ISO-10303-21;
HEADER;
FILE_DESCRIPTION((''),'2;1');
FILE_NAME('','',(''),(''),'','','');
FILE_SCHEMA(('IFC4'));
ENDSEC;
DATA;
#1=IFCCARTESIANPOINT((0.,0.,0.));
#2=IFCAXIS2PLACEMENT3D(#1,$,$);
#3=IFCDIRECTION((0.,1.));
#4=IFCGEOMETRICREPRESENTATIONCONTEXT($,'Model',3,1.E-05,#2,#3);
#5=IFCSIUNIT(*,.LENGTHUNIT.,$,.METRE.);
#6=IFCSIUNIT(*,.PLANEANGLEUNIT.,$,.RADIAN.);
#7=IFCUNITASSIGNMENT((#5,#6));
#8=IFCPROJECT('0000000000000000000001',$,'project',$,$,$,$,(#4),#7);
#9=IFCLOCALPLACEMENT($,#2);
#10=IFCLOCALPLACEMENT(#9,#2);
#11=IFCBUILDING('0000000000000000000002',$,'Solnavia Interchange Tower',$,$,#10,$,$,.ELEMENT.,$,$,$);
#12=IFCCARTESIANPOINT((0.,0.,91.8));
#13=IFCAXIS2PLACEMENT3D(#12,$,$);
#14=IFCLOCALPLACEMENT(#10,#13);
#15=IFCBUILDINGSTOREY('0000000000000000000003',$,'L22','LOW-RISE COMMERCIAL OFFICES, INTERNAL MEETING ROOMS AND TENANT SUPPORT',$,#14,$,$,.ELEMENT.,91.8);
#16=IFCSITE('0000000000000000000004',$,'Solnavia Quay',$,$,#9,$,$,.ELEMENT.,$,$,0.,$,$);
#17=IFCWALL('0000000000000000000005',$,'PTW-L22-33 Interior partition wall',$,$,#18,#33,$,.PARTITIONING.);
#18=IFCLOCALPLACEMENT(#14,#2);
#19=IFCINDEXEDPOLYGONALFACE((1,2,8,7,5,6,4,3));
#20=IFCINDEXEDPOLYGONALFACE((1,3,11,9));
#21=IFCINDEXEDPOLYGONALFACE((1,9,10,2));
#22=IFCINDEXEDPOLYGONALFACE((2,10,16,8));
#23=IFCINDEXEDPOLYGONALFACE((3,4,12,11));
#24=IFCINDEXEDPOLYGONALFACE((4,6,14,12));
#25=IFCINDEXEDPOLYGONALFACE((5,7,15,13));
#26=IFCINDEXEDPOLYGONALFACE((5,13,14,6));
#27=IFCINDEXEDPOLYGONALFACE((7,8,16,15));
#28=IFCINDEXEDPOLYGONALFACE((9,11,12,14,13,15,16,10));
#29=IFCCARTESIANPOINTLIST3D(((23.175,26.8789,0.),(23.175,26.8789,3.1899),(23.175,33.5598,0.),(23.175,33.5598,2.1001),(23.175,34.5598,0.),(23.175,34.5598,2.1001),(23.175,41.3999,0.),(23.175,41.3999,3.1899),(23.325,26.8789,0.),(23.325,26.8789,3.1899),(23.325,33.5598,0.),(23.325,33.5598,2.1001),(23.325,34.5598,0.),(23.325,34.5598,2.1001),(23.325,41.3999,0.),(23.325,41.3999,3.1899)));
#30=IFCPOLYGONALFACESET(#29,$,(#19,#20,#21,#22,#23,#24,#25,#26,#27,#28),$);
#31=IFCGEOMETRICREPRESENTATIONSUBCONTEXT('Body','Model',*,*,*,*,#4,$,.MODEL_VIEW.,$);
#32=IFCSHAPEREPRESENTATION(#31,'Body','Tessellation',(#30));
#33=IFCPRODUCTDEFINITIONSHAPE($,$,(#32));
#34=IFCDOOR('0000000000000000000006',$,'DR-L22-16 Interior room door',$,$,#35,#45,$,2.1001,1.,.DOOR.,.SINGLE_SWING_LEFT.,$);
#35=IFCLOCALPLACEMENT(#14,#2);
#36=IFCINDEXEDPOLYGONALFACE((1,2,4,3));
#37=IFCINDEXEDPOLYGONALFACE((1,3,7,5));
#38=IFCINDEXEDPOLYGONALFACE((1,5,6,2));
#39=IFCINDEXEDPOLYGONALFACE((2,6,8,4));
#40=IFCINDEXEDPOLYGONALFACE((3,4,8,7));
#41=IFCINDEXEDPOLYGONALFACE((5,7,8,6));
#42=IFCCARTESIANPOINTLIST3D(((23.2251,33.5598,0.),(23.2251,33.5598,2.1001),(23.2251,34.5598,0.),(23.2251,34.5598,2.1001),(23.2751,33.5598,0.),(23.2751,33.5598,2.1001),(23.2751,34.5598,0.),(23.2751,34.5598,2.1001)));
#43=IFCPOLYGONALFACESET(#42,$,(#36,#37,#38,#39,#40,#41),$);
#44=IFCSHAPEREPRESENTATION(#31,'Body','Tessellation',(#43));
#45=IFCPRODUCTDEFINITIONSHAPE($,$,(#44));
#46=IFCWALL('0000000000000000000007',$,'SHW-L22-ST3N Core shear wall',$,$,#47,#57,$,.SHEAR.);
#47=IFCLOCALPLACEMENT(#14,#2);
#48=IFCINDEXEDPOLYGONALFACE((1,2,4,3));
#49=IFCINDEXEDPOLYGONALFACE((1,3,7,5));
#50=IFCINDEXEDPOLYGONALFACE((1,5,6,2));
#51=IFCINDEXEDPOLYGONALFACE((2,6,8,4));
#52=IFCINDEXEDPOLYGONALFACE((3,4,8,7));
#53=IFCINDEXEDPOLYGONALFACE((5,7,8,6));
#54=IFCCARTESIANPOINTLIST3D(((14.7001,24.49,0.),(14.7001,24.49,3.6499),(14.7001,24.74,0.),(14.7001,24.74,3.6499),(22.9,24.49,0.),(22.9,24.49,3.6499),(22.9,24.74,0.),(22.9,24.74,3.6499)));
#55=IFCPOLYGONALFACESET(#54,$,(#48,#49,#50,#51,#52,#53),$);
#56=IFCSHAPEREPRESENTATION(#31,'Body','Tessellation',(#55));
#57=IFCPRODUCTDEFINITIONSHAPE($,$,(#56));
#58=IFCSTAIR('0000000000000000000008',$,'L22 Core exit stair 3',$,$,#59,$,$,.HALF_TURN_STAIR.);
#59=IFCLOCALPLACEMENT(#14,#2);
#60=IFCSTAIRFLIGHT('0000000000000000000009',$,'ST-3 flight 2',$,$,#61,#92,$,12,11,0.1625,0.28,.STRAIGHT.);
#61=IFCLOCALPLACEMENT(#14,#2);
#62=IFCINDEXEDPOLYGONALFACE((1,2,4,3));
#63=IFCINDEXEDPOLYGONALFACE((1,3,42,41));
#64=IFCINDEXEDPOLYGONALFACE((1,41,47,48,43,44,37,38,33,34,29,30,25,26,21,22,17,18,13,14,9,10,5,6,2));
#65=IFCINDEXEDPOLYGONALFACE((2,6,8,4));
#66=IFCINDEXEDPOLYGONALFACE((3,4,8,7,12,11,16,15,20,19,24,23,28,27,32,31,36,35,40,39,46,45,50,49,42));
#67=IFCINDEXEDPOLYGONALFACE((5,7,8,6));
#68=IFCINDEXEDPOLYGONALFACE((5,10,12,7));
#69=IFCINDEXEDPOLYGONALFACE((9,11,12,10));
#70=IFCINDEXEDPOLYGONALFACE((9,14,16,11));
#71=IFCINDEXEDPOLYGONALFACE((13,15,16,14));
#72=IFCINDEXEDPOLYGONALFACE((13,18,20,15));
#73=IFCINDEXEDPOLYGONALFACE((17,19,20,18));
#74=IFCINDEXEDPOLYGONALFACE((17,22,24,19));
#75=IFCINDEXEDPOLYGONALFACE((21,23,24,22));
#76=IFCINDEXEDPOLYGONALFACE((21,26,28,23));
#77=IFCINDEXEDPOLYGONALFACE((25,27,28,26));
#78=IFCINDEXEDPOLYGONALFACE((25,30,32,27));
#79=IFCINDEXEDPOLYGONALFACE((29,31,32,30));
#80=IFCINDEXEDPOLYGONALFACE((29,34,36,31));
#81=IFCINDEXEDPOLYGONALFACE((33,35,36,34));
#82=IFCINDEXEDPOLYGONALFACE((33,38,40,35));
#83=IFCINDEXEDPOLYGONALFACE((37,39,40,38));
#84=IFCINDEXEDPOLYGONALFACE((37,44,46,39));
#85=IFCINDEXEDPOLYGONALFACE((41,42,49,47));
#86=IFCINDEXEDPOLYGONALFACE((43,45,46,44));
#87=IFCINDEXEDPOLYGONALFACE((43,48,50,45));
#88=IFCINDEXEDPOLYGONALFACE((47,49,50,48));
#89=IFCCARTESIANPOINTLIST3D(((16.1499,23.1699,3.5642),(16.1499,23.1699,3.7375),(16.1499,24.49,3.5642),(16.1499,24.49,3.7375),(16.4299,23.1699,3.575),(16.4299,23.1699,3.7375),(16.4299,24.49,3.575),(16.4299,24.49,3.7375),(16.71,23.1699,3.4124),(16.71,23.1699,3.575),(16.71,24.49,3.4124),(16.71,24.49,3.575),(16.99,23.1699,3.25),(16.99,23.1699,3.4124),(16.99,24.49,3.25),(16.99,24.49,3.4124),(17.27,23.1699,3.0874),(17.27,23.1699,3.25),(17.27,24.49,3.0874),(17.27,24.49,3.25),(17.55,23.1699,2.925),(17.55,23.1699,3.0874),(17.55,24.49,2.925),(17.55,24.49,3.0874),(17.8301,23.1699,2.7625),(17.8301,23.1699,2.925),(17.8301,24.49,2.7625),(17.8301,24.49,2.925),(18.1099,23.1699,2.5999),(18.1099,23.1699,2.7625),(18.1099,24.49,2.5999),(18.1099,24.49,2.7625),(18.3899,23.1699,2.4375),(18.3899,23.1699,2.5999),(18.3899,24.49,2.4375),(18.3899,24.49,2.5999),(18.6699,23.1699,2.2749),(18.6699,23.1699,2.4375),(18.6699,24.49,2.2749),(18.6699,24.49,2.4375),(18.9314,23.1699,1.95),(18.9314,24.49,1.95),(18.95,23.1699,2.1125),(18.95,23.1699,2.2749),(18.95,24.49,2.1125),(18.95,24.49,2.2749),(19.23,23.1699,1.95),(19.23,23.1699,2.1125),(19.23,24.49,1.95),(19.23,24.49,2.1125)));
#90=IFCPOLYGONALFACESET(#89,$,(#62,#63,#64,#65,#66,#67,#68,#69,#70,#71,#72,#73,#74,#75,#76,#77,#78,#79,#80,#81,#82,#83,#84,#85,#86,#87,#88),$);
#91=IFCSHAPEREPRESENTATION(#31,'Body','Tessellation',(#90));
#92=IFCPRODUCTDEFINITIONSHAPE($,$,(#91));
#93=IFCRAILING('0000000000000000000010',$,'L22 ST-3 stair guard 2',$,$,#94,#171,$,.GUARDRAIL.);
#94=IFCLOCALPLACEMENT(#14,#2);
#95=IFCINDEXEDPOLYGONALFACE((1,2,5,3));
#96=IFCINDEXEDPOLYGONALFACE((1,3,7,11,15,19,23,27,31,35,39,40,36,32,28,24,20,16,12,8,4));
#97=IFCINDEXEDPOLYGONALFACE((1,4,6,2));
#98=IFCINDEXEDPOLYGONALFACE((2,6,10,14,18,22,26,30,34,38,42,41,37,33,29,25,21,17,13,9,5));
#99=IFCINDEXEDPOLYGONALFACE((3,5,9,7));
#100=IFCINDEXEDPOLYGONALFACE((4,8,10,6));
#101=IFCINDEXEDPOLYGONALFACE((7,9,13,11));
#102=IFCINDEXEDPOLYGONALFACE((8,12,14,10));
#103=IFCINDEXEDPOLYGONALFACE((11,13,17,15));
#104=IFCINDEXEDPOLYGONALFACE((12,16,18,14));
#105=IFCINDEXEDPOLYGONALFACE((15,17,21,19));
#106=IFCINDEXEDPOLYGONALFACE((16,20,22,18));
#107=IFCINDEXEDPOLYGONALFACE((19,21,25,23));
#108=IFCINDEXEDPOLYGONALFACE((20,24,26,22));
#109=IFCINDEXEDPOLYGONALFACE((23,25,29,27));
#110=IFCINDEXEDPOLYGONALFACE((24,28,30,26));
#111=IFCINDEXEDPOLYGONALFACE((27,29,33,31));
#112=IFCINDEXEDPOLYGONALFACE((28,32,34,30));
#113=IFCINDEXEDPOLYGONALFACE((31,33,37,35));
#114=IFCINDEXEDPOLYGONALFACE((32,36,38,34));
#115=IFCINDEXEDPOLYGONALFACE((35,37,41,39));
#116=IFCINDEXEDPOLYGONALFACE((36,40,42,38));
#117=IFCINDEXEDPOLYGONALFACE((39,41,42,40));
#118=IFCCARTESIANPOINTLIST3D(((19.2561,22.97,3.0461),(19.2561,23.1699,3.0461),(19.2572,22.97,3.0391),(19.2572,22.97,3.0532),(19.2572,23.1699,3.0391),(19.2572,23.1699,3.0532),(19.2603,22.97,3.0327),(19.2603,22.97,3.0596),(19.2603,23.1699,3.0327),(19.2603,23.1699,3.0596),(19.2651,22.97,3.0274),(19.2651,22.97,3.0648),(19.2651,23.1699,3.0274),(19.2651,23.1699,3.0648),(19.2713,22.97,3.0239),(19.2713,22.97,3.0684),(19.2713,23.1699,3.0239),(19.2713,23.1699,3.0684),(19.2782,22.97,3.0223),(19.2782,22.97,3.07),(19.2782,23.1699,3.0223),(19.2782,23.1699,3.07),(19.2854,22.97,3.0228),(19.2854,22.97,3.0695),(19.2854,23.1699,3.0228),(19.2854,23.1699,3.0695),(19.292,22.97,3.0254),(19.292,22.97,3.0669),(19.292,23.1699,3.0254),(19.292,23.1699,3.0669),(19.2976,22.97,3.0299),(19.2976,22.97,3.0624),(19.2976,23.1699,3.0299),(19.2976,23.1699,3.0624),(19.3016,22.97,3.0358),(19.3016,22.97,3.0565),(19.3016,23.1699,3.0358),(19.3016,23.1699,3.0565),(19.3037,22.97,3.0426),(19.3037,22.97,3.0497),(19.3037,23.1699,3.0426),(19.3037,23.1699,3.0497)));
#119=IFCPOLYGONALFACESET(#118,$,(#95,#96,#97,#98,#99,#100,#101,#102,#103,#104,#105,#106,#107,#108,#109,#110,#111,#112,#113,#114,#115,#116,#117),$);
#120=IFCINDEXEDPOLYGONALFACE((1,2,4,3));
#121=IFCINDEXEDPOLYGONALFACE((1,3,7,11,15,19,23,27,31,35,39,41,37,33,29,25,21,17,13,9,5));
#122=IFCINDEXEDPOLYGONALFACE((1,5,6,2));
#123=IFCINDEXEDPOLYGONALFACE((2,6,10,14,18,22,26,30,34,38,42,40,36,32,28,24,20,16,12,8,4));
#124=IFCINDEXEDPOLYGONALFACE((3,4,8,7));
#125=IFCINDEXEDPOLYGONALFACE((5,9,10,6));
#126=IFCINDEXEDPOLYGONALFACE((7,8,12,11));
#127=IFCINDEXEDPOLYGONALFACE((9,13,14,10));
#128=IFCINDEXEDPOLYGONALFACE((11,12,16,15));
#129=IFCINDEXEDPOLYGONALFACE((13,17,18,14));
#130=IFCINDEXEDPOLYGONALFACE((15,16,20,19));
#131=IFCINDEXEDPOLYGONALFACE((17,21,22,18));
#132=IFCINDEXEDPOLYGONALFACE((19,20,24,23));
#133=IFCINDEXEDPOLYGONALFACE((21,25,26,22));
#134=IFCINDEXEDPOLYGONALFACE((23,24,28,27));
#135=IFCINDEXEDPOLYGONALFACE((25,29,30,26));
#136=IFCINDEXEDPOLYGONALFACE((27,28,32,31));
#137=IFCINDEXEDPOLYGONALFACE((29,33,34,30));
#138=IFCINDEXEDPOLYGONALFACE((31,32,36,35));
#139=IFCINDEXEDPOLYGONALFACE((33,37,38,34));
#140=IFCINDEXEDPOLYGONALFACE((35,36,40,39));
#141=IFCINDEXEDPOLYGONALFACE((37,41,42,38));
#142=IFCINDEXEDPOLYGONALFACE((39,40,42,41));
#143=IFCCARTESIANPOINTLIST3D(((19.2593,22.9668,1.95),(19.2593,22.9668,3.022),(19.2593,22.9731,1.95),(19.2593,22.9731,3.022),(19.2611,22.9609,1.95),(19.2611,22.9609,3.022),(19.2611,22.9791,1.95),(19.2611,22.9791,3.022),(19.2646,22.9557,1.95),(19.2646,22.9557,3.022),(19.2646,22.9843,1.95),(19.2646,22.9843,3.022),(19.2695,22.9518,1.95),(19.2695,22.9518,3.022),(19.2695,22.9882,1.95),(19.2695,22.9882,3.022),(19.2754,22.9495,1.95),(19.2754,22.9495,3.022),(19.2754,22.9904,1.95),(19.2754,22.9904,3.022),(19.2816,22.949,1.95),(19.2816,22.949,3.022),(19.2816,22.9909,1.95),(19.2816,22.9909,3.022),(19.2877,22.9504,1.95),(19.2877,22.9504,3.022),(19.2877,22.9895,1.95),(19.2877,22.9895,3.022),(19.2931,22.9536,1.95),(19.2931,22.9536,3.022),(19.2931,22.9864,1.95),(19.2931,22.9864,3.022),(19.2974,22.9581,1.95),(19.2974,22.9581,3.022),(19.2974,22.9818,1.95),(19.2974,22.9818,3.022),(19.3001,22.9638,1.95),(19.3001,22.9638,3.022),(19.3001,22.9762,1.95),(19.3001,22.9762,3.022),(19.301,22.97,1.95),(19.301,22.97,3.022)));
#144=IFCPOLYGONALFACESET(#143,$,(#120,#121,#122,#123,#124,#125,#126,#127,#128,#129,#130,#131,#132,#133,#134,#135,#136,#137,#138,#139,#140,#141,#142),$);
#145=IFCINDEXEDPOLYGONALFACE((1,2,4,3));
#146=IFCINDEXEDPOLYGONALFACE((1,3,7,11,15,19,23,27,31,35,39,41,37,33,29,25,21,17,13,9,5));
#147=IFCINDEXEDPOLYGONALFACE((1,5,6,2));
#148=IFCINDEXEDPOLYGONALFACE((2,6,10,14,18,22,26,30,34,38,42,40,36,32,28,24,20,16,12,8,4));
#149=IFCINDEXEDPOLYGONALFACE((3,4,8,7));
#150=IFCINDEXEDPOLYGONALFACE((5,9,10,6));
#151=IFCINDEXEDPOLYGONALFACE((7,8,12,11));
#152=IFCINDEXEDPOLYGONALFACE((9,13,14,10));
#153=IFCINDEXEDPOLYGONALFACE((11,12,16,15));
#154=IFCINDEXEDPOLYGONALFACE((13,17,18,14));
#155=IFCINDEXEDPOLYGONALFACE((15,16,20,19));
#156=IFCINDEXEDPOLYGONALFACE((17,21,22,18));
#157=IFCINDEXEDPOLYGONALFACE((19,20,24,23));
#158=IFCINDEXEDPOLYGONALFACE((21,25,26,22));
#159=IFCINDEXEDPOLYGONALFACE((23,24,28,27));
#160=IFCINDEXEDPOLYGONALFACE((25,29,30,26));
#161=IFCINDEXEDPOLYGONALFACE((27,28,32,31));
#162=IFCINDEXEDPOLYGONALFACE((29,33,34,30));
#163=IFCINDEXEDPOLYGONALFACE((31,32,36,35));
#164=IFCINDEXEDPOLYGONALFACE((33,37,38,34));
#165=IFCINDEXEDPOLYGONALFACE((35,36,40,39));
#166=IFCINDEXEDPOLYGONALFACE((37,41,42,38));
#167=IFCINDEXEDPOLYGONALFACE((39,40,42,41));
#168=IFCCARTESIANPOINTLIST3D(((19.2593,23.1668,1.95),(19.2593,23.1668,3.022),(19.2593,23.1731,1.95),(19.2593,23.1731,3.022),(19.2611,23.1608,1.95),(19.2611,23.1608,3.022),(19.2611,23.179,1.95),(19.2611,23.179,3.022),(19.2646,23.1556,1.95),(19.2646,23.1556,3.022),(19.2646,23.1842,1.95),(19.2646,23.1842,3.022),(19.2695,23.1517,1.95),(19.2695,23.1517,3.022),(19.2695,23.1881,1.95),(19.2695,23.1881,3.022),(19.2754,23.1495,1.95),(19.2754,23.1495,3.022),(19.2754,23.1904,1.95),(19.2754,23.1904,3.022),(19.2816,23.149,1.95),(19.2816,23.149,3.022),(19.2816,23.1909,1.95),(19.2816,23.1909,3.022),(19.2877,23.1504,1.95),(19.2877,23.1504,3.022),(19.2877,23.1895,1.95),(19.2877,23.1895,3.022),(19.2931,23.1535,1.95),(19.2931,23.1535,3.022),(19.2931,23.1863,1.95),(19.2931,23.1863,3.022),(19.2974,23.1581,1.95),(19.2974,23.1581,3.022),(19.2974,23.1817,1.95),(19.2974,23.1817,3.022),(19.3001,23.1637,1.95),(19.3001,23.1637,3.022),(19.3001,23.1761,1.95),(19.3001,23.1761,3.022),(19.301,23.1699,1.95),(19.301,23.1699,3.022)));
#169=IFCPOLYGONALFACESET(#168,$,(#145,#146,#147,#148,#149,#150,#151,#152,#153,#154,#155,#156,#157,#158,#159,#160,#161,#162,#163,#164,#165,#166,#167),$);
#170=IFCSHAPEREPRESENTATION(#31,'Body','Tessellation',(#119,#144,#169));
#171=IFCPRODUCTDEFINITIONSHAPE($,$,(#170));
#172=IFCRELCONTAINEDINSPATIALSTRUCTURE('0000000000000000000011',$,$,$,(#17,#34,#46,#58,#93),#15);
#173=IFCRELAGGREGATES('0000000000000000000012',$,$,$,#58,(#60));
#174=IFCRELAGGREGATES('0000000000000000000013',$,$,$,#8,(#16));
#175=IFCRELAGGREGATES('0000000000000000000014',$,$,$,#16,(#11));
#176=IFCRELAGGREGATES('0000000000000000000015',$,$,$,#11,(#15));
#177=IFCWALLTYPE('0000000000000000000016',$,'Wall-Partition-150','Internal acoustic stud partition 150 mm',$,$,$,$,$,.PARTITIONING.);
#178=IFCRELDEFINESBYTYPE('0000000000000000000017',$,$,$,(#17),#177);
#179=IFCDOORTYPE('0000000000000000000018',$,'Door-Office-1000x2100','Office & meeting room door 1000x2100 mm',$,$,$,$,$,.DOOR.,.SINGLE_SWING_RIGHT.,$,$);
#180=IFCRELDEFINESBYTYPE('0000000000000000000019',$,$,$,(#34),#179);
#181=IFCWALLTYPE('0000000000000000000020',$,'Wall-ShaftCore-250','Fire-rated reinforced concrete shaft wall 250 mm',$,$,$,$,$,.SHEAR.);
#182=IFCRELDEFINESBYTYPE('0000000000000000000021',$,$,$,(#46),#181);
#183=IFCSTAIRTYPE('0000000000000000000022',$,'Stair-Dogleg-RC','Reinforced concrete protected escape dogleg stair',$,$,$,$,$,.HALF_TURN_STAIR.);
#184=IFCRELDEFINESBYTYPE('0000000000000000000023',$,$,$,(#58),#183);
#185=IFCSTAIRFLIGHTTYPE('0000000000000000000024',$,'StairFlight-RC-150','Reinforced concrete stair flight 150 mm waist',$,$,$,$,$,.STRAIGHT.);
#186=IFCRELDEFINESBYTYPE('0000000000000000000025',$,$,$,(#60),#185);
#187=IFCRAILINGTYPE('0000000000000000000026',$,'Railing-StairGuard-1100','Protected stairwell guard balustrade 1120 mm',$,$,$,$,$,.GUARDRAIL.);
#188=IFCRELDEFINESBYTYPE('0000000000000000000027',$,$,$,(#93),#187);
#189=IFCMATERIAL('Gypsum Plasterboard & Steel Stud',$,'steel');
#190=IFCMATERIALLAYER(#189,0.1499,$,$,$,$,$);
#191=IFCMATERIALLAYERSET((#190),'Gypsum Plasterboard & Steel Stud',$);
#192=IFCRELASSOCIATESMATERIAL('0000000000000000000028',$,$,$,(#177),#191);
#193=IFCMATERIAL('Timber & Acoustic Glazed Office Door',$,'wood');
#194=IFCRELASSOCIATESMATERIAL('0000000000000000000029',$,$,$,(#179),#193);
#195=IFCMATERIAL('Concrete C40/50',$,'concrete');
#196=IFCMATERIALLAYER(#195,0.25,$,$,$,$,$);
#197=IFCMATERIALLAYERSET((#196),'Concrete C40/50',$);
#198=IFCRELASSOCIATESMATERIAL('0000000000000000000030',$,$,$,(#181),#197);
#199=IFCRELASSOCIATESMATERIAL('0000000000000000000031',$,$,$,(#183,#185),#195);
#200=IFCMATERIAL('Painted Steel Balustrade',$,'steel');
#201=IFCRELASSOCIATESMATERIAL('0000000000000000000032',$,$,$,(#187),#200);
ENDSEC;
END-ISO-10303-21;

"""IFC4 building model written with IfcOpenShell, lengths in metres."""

from ifc_helpers import new_model, si_unit, direction, frame, frame_2d, origin, origin_2d, place, context, subcontext, project, spatial, polyline, rectangle, circle, outline, extrude, material, layer, layer_set, type_object, element, fill, aggregate, save


model = new_model("IFC4")

# Units and contexts
model_context = context("Model", 3, precision=1e-05, world=origin(), true_north=direction((0.0, 1.0)))
body_context = subcontext(model_context, "Body", "Model", "MODEL_VIEW")
ifc_project = project(units=[si_unit("LENGTHUNIT", "METRE"), si_unit("PLANEANGLEUNIT", "RADIAN")], contexts=[model_context])

# Site, building, storey
site_placement = place(None, origin())
site = spatial("IfcSite", under=ifc_project, at=site_placement, Name="Solnavia Quay", CompositionType="ELEMENT", RefElevation=0.0)
building_placement = place(site_placement, origin())
building = spatial("IfcBuilding", under=site, at=building_placement, Name="Solnavia Interchange Tower", CompositionType="ELEMENT")
storey_placement = place(building_placement, frame((0.0, 0.0, 91.8)))
storey = spatial("IfcBuildingStorey", under=building, at=storey_placement, Name="L22", Description="LOW-RISE COMMERCIAL OFFICES, INTERNAL MEETING ROOMS AND TENANT SUPPORT", CompositionType="ELEMENT", Elevation=91.8)

# Shared definitions
ifc_material_1 = material(Name="Gypsum Plasterboard & Steel Stud", Category="steel")
ifc_layer_1 = layer(ifc_material_1, 0.1499)
ifc_layer_set_1 = layer_set([ifc_layer_1], Name="Gypsum Plasterboard & Steel Stud")
wall_type_1 = type_object("IfcWallType", Name="Wall-Partition-150", Description="Internal acoustic stud partition 150 mm", PredefinedType="PARTITIONING", material=ifc_layer_set_1)
ifc_material_2 = material(Name="Timber & Acoustic Glazed Office Door", Category="wood")
door_type = type_object("IfcDoorType", Name="Door-Office-1000x2100", Description="Office & meeting room door 1000x2100 mm", OperationType="SINGLE_SWING_RIGHT", PredefinedType="DOOR", material=ifc_material_2)

# Wall, opening, door
wall_1_placement = place(storey_placement, frame((23.25, 26.8789, 0.0), z_axis=(0.0, 0.0, 1.0), x_axis=(0.0, 1.0, 0.0)))
wall_1 = element("IfcWall", 1, at=wall_1_placement, inside=storey, type_object=wall_type_1, Name="PTW-L22-33 Interior partition wall", PredefinedType="PARTITIONING", context=body_context, shape_type="SweptSolid", body=[
    extrude(rectangle(XDim=14.521, YDim=0.1499, at=frame_2d((7.2605, 0.0))), origin(), (0.0, 0.0, 1.0), 3.1899),
])
opening_1_placement = place(wall_1_placement, frame((6.6809, 0.0, 0.0)))
opening_1 = element("IfcOpeningElement", 2, at=opening_1_placement, cuts=wall_1, PredefinedType="OPENING", context=body_context, shape_type="SweptSolid", body=[
    extrude(rectangle(XDim=1.0, YDim=2.1001, at=frame_2d((0.5, 1.05))), frame((0.0, 0.085, 0.0), z_axis=(0.0, -1.0, 0.0), x_axis=(1.0, 0.0, 0.0)), (0.0, 0.0, 1.0), 0.1699),
])
door_1_placement = place(opening_1_placement, origin())
door_1 = element("IfcDoor", 3, at=door_1_placement, inside=storey, type_object=door_type, Name="DR-L22-16 Interior room door", OperationType="SINGLE_SWING_LEFT", OverallHeight=2.1001, OverallWidth=1.0, PredefinedType="DOOR", context=body_context, shape_type="SweptSolid", body=[
    extrude(rectangle(XDim=1.0, YDim=2.1001, at=frame_2d((0.5, 1.05))), frame((0.0, 0.0249, 0.0), z_axis=(0.0, -1.0, 0.0), x_axis=(1.0, 0.0, 0.0)), (0.0, 0.0, 1.0), 0.05),
])
fill(opening_1, door_1)

# Wall
ifc_material_3 = material(Name="Concrete C40/50", Category="concrete")
ifc_layer_2 = layer(ifc_material_3, 0.25)
ifc_layer_set_2 = layer_set([ifc_layer_2], Name="Concrete C40/50")
wall_type_2 = type_object("IfcWallType", Name="Wall-ShaftCore-250", Description="Fire-rated reinforced concrete shaft wall 250 mm", PredefinedType="SHEAR", material=ifc_layer_set_2)
wall_2_placement = place(storey_placement, frame((14.7, 24.615, 0.0), z_axis=(0.0, 0.0, 1.0), x_axis=(1.0, 0.0, 0.0)))
element("IfcWall", 4, at=wall_2_placement, inside=storey, type_object=wall_type_2, Name="SHW-L22-ST3N Core shear wall", PredefinedType="SHEAR", context=body_context, shape_type="SweptSolid", body=[
    extrude(rectangle(XDim=8.2, YDim=0.25, at=frame_2d((4.1001, 0.0))), origin(), (0.0, 0.0, 1.0), 3.6499),
])

# Stair, stair flight
stair_type = type_object("IfcStairType", Name="Stair-Dogleg-RC", Description="Reinforced concrete protected escape dogleg stair", PredefinedType="HALF_TURN_STAIR", material=ifc_material_3)
stair_placement = place(storey_placement, origin())
stair = element("IfcStair", 5, at=stair_placement, inside=storey, type_object=stair_type, Name="L22 Core exit stair 3", PredefinedType="HALF_TURN_STAIR")
stair_flight_type = type_object("IfcStairFlightType", Name="StairFlight-RC-150", Description="Reinforced concrete stair flight 150 mm waist", PredefinedType="STRAIGHT", material=ifc_material_3)
stair_flight_placement = place(storey_placement, frame((19.23, 23.8301, 1.95), z_axis=(0.0, 0.0, 1.0), x_axis=(-1.0, 0.0, 0.0)))
stair_flight = element("IfcStairFlight", 6, at=stair_flight_placement, type_object=stair_flight_type, Name="ST-3 flight 2", NumberOfRisers=12, NumberOfTreads=11, PredefinedType="STRAIGHT", RiserHeight=0.1625, TreadLength=0.28, context=body_context, shape_type="SweptSolid", body=[
    extrude(outline(polyline([(0.0, 0.0), (0.0, 0.1626), (0.28, 0.1626), (0.28, 0.325), (0.5601, 0.325), (0.5601, 0.4875), (0.8401, 0.4875), (0.8401, 0.6499), (1.1201, 0.6499), (1.1201, 0.8125), (1.3999, 0.8125), (1.3999, 0.9751), (1.6799, 0.9751), (1.6799, 1.1375), (1.96, 1.1375), (1.96, 1.3), (2.24, 1.3), (2.24, 1.4624), (2.52, 1.4624), (2.52, 1.625), (2.8, 1.625), (2.8, 1.7876), (3.0801, 1.7876), (3.0801, 1.95), (3.0801, 1.6143), (0.2986, 0.0), (0.0, 0.0)])), frame((0.0, 0.6602, 0.0), z_axis=(0.0, -1.0, 0.0), x_axis=(1.0, 0.0, 0.0)), (0.0, 0.0, 1.0), 1.3201),
])
aggregate(stair, [stair_flight])

# Railing
ifc_material_4 = material(Name="Painted Steel Balustrade", Category="steel")
railing_type_1 = type_object("IfcRailingType", Name="Railing-StairGuard-1100", Description="Protected stairwell guard balustrade 1120 mm", PredefinedType="GUARDRAIL", material=ifc_material_4)
railing_1_placement = place(storey_placement, frame((19.28, 22.97, 1.95)))
element("IfcRailing", 7, at=railing_1_placement, inside=storey, type_object=railing_type_1, Name="L22 ST-3 stair guard 2", PredefinedType="GUARDRAIL", context=body_context, shape_type="SweptSolid", body=[
    extrude(circle(Radius=0.0239, at=origin_2d()), frame((0.0, 0.0, 1.0962), z_axis=(0.0, 1.0, 0.0), x_axis=(-1.0, 0.0, 0.0)), (0.0, 0.0, 1.0), 0.2),
    extrude(circle(Radius=0.021, at=origin_2d()), origin(), (0.0, 0.0, 1.0), 1.072),
    extrude(circle(Radius=0.021, at=origin_2d()), frame((0.0, 0.2, 0.0)), (0.0, 0.0, 1.0), 1.072),
])

save(model, "model.ifc")
